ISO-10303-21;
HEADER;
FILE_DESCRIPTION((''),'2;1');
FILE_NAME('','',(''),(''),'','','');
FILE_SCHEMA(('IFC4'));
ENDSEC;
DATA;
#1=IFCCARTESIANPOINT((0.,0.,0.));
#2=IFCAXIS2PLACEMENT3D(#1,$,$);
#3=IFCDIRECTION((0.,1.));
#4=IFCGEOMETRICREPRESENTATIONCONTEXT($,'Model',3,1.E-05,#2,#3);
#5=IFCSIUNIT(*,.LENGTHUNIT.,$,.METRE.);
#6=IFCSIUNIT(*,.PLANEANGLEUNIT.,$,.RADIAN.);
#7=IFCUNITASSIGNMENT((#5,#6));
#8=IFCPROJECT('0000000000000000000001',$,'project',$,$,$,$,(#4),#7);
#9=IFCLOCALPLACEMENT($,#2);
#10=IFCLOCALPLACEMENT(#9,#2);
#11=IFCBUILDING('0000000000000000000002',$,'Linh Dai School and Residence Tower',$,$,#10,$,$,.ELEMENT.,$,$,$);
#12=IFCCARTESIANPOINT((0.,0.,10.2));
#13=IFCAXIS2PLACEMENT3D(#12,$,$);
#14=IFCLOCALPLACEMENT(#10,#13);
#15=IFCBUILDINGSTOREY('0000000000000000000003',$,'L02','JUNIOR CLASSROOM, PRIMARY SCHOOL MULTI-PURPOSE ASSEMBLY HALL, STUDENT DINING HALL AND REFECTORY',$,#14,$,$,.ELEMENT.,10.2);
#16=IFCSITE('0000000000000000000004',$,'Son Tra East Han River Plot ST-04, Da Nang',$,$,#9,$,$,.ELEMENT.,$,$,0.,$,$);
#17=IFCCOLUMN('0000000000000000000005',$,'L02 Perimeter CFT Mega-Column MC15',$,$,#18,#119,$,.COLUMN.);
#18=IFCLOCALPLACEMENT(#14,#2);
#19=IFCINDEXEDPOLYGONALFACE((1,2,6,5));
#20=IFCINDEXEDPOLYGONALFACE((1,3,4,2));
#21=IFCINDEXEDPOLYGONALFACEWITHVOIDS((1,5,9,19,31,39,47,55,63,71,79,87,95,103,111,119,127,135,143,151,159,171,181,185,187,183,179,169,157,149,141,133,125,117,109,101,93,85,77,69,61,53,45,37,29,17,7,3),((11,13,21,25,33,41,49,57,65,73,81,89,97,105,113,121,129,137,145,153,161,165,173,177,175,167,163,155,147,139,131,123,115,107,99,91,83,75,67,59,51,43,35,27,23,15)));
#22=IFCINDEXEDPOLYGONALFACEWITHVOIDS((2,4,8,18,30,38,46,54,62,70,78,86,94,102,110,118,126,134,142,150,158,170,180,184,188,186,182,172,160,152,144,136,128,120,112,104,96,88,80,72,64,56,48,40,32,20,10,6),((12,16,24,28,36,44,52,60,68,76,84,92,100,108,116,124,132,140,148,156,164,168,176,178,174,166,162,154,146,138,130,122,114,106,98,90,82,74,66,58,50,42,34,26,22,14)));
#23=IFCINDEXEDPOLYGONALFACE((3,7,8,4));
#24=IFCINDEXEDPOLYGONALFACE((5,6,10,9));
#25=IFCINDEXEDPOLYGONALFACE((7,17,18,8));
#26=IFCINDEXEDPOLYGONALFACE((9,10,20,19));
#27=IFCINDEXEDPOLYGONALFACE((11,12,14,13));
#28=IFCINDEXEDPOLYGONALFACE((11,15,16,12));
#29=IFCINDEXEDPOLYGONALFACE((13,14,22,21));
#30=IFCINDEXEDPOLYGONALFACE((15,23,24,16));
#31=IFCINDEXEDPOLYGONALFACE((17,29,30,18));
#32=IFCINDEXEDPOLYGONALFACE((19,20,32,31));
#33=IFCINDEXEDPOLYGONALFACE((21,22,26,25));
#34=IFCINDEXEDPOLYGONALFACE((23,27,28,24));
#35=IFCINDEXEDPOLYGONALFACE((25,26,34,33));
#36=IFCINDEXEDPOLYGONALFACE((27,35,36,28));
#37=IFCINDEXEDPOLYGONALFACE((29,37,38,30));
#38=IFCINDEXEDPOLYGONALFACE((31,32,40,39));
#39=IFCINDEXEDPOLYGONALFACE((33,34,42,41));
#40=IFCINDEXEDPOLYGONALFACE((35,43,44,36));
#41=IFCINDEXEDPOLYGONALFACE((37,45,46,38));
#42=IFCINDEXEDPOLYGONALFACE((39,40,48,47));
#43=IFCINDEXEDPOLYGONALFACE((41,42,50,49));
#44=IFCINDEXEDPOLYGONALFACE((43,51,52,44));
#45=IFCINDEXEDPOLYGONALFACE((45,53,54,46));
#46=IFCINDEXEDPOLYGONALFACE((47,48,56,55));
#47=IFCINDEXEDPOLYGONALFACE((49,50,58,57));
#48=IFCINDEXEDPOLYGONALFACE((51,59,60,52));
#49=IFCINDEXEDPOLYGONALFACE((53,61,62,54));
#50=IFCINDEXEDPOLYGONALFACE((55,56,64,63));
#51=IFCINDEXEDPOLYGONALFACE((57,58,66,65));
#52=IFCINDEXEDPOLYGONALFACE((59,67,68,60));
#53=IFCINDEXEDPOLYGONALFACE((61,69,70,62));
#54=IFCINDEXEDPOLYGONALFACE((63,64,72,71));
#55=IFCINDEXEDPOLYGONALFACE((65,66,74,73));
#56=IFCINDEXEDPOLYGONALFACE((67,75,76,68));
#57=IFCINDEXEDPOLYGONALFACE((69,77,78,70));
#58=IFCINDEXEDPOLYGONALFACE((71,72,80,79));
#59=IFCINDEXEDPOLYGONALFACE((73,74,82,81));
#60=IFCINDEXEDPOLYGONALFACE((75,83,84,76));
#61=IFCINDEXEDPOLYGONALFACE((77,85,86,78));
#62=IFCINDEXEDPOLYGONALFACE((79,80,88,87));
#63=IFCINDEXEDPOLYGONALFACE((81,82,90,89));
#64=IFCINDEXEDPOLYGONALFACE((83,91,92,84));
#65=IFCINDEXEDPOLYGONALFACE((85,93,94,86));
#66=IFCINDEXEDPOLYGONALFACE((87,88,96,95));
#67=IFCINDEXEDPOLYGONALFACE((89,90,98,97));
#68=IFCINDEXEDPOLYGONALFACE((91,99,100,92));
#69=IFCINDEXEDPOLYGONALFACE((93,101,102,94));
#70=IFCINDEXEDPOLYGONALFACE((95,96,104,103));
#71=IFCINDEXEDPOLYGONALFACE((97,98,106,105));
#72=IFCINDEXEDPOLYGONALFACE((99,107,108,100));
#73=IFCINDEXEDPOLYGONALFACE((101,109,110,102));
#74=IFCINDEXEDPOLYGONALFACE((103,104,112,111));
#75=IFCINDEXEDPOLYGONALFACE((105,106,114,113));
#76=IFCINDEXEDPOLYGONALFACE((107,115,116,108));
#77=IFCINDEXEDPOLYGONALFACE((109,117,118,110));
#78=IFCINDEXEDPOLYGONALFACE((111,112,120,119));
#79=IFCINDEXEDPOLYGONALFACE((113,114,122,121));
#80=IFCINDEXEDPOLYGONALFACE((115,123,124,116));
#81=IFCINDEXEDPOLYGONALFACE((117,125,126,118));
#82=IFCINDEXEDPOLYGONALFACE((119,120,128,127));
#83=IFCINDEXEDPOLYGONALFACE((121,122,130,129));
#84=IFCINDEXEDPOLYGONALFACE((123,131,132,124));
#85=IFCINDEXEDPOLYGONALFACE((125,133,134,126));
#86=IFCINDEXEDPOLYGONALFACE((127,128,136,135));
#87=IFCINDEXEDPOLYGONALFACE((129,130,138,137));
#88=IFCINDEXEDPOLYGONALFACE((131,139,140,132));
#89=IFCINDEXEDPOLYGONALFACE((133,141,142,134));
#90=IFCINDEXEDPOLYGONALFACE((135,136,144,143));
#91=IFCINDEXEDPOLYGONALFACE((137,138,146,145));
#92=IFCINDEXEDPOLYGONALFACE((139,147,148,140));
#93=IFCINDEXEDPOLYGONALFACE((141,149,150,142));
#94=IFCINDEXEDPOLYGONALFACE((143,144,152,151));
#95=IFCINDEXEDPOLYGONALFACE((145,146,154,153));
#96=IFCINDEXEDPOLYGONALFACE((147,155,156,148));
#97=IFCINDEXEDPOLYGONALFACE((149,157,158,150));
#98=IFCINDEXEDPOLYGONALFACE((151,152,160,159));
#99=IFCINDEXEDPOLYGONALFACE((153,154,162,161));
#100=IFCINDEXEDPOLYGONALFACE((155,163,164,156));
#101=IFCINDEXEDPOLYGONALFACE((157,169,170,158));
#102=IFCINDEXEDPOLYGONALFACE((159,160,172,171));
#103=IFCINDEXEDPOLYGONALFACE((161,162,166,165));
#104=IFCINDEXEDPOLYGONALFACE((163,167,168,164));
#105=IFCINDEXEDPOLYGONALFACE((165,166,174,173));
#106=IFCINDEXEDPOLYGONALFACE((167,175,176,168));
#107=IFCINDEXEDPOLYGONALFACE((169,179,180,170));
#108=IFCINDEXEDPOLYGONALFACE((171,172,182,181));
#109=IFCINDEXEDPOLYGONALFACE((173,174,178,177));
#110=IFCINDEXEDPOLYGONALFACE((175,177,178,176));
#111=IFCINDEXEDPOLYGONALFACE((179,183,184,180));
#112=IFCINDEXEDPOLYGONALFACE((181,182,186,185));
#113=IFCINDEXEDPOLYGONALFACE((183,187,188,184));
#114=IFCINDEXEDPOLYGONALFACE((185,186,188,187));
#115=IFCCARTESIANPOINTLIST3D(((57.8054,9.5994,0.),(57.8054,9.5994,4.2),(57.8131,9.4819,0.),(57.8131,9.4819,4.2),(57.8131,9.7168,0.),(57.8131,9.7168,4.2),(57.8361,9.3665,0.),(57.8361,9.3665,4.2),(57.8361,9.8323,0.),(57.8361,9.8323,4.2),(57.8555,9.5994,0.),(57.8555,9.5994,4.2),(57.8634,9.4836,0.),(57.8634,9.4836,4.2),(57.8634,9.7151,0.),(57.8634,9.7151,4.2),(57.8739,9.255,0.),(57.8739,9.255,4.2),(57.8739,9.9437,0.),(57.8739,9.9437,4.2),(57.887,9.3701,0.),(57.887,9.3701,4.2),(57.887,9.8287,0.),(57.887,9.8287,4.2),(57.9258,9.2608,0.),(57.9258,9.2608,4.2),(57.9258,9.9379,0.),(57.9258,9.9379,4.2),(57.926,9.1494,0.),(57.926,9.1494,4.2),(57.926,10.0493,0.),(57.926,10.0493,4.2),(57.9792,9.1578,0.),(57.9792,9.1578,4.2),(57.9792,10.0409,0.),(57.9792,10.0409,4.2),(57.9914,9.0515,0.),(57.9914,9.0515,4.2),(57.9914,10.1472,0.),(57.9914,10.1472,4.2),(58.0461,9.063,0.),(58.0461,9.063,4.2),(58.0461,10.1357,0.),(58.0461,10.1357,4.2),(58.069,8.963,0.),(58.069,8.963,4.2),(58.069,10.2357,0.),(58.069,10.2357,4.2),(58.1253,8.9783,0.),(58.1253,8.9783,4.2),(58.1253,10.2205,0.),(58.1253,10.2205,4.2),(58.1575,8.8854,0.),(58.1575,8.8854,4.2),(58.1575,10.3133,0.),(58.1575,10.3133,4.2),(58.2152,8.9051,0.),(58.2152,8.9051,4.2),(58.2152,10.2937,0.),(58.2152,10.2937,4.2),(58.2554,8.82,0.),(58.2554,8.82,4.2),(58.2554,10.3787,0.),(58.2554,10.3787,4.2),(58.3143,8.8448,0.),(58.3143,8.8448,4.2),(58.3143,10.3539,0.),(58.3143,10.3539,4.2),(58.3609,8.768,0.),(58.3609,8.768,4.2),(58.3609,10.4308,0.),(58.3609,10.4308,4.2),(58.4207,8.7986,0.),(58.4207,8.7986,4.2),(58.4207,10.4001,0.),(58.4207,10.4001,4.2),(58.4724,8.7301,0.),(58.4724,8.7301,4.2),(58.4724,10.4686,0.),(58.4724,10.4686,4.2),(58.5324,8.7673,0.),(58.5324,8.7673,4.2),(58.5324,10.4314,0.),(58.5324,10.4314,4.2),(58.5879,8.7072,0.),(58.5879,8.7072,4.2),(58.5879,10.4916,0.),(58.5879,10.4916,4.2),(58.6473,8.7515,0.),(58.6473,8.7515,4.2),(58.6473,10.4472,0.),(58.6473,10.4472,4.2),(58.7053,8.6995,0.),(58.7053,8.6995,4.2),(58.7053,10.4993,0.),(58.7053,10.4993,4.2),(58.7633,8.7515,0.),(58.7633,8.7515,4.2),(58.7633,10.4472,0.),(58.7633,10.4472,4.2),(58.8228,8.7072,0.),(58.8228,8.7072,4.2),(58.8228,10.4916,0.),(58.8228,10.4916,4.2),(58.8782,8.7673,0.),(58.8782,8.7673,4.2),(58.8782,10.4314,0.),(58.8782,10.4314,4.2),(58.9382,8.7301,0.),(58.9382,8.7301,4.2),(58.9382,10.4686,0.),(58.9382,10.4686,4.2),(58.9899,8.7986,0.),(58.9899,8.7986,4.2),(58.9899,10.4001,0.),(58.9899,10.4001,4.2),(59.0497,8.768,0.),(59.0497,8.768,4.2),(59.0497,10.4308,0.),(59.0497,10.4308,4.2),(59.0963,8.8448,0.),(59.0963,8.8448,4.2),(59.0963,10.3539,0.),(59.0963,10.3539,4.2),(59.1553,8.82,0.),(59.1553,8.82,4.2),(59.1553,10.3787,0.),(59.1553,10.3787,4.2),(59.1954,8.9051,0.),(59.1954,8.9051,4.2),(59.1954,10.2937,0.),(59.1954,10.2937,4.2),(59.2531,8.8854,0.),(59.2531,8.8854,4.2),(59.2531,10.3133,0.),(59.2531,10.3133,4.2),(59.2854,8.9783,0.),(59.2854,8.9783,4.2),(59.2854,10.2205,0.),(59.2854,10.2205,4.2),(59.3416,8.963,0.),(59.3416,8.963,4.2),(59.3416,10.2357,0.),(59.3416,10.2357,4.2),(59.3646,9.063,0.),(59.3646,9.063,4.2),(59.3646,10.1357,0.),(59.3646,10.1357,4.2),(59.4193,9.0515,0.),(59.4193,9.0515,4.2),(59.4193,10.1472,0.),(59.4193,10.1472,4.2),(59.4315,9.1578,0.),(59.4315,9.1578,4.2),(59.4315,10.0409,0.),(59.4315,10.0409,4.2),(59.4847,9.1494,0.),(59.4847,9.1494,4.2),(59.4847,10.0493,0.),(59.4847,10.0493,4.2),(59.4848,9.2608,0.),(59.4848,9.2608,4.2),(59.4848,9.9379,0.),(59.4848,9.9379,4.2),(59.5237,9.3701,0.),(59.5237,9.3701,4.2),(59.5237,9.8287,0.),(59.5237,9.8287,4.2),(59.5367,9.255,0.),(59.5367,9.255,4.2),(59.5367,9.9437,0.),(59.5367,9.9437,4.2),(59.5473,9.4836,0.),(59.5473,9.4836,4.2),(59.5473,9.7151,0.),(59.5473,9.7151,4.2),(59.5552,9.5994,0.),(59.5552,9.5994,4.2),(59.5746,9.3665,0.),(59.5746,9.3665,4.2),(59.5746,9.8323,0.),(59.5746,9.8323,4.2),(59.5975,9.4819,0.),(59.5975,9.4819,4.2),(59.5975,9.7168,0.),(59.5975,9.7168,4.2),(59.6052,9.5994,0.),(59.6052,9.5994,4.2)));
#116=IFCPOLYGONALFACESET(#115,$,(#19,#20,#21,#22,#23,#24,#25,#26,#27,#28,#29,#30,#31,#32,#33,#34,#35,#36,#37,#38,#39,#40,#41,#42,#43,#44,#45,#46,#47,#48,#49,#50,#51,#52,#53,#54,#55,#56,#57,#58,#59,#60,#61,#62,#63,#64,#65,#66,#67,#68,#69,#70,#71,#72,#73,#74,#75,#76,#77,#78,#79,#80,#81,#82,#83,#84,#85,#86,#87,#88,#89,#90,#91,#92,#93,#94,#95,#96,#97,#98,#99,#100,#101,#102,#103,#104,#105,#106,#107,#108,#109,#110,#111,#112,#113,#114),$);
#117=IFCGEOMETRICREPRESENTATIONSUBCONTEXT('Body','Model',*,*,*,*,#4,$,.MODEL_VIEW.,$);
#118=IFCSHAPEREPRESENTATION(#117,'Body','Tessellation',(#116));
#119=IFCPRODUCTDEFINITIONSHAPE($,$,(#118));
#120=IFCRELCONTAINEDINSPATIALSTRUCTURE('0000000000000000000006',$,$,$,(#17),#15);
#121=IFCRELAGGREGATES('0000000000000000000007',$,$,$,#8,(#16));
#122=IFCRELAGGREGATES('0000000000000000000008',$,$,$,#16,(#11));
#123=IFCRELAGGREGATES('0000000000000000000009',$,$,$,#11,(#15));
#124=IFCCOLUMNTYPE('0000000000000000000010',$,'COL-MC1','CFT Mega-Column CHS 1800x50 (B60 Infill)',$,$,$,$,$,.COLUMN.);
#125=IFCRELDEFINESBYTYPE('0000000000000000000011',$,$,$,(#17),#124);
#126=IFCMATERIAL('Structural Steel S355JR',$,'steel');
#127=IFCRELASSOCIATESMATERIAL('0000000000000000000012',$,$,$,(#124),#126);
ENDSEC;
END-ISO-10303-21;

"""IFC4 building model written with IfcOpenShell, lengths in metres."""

from ifc_helpers import new_model, si_unit, direction, frame, origin, origin_2d, place, context, subcontext, project, spatial, hollow_circle, extrude, material, material_profile, profile_set, type_object, element, save


model = new_model("IFC4")

# Units and contexts
model_context = context("Model", 3, precision=1e-05, world=origin(), true_north=direction((0.0, 1.0)))
body_context = subcontext(model_context, "Body", "Model", "MODEL_VIEW")
ifc_project = project(units=[si_unit("LENGTHUNIT", "METRE"), si_unit("PLANEANGLEUNIT", "RADIAN")], contexts=[model_context])

# Site, building, storey
site_placement = place(None, origin())
site = spatial("IfcSite", under=ifc_project, at=site_placement, Name="Son Tra East Han River Plot ST-04, Da Nang", CompositionType="ELEMENT", RefElevation=0.0)
building_placement = place(site_placement, origin())
building = spatial("IfcBuilding", under=site, at=building_placement, Name="Linh Dai School and Residence Tower", CompositionType="ELEMENT")
storey_placement = place(building_placement, frame((0.0, 0.0, 10.2)))
storey = spatial("IfcBuildingStorey", under=building, at=storey_placement, Name="L02", Description="JUNIOR CLASSROOM, PRIMARY SCHOOL MULTI-PURPOSE ASSEMBLY HALL, STUDENT DINING HALL AND REFECTORY", CompositionType="ELEMENT", Elevation=10.2)

# Column
ifc_material_1 = material(Name="Structural Steel S355JR", Category="steel")
ifc_material_profile_1 = material_profile(ifc_material_1, hollow_circle(Radius=0.8999, WallThickness=0.05, at=origin_2d()), Name="CHS 1800x50")
ifc_profile_set_1 = profile_set([ifc_material_profile_1], Name="Structural Steel S355JR")
column_type_1 = type_object("IfcColumnType", Name="COL-MC1", Description="CFT Mega-Column CHS 1800x50 (B60 Infill)", PredefinedType="COLUMN", material=ifc_profile_set_1)
for number, where, z_axis, x_axis, name in (
    (1, (58.7053, 9.5994, 0.0), (0.0, 0.0, 1.0), (1.0, 0.0, 0.0), "L02 Perimeter CFT Mega-Column MC15"),
):
    element("IfcColumn", number, at=place(storey_placement, frame(where, z_axis=z_axis, x_axis=x_axis)), inside=storey, type_object=column_type_1, Name=name, PredefinedType="COLUMN", context=body_context, shape_type="SweptSolid", body=[
        extrude(hollow_circle(Radius=0.8999, WallThickness=0.05, at=origin_2d()), origin(), (0.0, 0.0, 1.0), 4.2),
    ])

save(model, "model.ifc")
